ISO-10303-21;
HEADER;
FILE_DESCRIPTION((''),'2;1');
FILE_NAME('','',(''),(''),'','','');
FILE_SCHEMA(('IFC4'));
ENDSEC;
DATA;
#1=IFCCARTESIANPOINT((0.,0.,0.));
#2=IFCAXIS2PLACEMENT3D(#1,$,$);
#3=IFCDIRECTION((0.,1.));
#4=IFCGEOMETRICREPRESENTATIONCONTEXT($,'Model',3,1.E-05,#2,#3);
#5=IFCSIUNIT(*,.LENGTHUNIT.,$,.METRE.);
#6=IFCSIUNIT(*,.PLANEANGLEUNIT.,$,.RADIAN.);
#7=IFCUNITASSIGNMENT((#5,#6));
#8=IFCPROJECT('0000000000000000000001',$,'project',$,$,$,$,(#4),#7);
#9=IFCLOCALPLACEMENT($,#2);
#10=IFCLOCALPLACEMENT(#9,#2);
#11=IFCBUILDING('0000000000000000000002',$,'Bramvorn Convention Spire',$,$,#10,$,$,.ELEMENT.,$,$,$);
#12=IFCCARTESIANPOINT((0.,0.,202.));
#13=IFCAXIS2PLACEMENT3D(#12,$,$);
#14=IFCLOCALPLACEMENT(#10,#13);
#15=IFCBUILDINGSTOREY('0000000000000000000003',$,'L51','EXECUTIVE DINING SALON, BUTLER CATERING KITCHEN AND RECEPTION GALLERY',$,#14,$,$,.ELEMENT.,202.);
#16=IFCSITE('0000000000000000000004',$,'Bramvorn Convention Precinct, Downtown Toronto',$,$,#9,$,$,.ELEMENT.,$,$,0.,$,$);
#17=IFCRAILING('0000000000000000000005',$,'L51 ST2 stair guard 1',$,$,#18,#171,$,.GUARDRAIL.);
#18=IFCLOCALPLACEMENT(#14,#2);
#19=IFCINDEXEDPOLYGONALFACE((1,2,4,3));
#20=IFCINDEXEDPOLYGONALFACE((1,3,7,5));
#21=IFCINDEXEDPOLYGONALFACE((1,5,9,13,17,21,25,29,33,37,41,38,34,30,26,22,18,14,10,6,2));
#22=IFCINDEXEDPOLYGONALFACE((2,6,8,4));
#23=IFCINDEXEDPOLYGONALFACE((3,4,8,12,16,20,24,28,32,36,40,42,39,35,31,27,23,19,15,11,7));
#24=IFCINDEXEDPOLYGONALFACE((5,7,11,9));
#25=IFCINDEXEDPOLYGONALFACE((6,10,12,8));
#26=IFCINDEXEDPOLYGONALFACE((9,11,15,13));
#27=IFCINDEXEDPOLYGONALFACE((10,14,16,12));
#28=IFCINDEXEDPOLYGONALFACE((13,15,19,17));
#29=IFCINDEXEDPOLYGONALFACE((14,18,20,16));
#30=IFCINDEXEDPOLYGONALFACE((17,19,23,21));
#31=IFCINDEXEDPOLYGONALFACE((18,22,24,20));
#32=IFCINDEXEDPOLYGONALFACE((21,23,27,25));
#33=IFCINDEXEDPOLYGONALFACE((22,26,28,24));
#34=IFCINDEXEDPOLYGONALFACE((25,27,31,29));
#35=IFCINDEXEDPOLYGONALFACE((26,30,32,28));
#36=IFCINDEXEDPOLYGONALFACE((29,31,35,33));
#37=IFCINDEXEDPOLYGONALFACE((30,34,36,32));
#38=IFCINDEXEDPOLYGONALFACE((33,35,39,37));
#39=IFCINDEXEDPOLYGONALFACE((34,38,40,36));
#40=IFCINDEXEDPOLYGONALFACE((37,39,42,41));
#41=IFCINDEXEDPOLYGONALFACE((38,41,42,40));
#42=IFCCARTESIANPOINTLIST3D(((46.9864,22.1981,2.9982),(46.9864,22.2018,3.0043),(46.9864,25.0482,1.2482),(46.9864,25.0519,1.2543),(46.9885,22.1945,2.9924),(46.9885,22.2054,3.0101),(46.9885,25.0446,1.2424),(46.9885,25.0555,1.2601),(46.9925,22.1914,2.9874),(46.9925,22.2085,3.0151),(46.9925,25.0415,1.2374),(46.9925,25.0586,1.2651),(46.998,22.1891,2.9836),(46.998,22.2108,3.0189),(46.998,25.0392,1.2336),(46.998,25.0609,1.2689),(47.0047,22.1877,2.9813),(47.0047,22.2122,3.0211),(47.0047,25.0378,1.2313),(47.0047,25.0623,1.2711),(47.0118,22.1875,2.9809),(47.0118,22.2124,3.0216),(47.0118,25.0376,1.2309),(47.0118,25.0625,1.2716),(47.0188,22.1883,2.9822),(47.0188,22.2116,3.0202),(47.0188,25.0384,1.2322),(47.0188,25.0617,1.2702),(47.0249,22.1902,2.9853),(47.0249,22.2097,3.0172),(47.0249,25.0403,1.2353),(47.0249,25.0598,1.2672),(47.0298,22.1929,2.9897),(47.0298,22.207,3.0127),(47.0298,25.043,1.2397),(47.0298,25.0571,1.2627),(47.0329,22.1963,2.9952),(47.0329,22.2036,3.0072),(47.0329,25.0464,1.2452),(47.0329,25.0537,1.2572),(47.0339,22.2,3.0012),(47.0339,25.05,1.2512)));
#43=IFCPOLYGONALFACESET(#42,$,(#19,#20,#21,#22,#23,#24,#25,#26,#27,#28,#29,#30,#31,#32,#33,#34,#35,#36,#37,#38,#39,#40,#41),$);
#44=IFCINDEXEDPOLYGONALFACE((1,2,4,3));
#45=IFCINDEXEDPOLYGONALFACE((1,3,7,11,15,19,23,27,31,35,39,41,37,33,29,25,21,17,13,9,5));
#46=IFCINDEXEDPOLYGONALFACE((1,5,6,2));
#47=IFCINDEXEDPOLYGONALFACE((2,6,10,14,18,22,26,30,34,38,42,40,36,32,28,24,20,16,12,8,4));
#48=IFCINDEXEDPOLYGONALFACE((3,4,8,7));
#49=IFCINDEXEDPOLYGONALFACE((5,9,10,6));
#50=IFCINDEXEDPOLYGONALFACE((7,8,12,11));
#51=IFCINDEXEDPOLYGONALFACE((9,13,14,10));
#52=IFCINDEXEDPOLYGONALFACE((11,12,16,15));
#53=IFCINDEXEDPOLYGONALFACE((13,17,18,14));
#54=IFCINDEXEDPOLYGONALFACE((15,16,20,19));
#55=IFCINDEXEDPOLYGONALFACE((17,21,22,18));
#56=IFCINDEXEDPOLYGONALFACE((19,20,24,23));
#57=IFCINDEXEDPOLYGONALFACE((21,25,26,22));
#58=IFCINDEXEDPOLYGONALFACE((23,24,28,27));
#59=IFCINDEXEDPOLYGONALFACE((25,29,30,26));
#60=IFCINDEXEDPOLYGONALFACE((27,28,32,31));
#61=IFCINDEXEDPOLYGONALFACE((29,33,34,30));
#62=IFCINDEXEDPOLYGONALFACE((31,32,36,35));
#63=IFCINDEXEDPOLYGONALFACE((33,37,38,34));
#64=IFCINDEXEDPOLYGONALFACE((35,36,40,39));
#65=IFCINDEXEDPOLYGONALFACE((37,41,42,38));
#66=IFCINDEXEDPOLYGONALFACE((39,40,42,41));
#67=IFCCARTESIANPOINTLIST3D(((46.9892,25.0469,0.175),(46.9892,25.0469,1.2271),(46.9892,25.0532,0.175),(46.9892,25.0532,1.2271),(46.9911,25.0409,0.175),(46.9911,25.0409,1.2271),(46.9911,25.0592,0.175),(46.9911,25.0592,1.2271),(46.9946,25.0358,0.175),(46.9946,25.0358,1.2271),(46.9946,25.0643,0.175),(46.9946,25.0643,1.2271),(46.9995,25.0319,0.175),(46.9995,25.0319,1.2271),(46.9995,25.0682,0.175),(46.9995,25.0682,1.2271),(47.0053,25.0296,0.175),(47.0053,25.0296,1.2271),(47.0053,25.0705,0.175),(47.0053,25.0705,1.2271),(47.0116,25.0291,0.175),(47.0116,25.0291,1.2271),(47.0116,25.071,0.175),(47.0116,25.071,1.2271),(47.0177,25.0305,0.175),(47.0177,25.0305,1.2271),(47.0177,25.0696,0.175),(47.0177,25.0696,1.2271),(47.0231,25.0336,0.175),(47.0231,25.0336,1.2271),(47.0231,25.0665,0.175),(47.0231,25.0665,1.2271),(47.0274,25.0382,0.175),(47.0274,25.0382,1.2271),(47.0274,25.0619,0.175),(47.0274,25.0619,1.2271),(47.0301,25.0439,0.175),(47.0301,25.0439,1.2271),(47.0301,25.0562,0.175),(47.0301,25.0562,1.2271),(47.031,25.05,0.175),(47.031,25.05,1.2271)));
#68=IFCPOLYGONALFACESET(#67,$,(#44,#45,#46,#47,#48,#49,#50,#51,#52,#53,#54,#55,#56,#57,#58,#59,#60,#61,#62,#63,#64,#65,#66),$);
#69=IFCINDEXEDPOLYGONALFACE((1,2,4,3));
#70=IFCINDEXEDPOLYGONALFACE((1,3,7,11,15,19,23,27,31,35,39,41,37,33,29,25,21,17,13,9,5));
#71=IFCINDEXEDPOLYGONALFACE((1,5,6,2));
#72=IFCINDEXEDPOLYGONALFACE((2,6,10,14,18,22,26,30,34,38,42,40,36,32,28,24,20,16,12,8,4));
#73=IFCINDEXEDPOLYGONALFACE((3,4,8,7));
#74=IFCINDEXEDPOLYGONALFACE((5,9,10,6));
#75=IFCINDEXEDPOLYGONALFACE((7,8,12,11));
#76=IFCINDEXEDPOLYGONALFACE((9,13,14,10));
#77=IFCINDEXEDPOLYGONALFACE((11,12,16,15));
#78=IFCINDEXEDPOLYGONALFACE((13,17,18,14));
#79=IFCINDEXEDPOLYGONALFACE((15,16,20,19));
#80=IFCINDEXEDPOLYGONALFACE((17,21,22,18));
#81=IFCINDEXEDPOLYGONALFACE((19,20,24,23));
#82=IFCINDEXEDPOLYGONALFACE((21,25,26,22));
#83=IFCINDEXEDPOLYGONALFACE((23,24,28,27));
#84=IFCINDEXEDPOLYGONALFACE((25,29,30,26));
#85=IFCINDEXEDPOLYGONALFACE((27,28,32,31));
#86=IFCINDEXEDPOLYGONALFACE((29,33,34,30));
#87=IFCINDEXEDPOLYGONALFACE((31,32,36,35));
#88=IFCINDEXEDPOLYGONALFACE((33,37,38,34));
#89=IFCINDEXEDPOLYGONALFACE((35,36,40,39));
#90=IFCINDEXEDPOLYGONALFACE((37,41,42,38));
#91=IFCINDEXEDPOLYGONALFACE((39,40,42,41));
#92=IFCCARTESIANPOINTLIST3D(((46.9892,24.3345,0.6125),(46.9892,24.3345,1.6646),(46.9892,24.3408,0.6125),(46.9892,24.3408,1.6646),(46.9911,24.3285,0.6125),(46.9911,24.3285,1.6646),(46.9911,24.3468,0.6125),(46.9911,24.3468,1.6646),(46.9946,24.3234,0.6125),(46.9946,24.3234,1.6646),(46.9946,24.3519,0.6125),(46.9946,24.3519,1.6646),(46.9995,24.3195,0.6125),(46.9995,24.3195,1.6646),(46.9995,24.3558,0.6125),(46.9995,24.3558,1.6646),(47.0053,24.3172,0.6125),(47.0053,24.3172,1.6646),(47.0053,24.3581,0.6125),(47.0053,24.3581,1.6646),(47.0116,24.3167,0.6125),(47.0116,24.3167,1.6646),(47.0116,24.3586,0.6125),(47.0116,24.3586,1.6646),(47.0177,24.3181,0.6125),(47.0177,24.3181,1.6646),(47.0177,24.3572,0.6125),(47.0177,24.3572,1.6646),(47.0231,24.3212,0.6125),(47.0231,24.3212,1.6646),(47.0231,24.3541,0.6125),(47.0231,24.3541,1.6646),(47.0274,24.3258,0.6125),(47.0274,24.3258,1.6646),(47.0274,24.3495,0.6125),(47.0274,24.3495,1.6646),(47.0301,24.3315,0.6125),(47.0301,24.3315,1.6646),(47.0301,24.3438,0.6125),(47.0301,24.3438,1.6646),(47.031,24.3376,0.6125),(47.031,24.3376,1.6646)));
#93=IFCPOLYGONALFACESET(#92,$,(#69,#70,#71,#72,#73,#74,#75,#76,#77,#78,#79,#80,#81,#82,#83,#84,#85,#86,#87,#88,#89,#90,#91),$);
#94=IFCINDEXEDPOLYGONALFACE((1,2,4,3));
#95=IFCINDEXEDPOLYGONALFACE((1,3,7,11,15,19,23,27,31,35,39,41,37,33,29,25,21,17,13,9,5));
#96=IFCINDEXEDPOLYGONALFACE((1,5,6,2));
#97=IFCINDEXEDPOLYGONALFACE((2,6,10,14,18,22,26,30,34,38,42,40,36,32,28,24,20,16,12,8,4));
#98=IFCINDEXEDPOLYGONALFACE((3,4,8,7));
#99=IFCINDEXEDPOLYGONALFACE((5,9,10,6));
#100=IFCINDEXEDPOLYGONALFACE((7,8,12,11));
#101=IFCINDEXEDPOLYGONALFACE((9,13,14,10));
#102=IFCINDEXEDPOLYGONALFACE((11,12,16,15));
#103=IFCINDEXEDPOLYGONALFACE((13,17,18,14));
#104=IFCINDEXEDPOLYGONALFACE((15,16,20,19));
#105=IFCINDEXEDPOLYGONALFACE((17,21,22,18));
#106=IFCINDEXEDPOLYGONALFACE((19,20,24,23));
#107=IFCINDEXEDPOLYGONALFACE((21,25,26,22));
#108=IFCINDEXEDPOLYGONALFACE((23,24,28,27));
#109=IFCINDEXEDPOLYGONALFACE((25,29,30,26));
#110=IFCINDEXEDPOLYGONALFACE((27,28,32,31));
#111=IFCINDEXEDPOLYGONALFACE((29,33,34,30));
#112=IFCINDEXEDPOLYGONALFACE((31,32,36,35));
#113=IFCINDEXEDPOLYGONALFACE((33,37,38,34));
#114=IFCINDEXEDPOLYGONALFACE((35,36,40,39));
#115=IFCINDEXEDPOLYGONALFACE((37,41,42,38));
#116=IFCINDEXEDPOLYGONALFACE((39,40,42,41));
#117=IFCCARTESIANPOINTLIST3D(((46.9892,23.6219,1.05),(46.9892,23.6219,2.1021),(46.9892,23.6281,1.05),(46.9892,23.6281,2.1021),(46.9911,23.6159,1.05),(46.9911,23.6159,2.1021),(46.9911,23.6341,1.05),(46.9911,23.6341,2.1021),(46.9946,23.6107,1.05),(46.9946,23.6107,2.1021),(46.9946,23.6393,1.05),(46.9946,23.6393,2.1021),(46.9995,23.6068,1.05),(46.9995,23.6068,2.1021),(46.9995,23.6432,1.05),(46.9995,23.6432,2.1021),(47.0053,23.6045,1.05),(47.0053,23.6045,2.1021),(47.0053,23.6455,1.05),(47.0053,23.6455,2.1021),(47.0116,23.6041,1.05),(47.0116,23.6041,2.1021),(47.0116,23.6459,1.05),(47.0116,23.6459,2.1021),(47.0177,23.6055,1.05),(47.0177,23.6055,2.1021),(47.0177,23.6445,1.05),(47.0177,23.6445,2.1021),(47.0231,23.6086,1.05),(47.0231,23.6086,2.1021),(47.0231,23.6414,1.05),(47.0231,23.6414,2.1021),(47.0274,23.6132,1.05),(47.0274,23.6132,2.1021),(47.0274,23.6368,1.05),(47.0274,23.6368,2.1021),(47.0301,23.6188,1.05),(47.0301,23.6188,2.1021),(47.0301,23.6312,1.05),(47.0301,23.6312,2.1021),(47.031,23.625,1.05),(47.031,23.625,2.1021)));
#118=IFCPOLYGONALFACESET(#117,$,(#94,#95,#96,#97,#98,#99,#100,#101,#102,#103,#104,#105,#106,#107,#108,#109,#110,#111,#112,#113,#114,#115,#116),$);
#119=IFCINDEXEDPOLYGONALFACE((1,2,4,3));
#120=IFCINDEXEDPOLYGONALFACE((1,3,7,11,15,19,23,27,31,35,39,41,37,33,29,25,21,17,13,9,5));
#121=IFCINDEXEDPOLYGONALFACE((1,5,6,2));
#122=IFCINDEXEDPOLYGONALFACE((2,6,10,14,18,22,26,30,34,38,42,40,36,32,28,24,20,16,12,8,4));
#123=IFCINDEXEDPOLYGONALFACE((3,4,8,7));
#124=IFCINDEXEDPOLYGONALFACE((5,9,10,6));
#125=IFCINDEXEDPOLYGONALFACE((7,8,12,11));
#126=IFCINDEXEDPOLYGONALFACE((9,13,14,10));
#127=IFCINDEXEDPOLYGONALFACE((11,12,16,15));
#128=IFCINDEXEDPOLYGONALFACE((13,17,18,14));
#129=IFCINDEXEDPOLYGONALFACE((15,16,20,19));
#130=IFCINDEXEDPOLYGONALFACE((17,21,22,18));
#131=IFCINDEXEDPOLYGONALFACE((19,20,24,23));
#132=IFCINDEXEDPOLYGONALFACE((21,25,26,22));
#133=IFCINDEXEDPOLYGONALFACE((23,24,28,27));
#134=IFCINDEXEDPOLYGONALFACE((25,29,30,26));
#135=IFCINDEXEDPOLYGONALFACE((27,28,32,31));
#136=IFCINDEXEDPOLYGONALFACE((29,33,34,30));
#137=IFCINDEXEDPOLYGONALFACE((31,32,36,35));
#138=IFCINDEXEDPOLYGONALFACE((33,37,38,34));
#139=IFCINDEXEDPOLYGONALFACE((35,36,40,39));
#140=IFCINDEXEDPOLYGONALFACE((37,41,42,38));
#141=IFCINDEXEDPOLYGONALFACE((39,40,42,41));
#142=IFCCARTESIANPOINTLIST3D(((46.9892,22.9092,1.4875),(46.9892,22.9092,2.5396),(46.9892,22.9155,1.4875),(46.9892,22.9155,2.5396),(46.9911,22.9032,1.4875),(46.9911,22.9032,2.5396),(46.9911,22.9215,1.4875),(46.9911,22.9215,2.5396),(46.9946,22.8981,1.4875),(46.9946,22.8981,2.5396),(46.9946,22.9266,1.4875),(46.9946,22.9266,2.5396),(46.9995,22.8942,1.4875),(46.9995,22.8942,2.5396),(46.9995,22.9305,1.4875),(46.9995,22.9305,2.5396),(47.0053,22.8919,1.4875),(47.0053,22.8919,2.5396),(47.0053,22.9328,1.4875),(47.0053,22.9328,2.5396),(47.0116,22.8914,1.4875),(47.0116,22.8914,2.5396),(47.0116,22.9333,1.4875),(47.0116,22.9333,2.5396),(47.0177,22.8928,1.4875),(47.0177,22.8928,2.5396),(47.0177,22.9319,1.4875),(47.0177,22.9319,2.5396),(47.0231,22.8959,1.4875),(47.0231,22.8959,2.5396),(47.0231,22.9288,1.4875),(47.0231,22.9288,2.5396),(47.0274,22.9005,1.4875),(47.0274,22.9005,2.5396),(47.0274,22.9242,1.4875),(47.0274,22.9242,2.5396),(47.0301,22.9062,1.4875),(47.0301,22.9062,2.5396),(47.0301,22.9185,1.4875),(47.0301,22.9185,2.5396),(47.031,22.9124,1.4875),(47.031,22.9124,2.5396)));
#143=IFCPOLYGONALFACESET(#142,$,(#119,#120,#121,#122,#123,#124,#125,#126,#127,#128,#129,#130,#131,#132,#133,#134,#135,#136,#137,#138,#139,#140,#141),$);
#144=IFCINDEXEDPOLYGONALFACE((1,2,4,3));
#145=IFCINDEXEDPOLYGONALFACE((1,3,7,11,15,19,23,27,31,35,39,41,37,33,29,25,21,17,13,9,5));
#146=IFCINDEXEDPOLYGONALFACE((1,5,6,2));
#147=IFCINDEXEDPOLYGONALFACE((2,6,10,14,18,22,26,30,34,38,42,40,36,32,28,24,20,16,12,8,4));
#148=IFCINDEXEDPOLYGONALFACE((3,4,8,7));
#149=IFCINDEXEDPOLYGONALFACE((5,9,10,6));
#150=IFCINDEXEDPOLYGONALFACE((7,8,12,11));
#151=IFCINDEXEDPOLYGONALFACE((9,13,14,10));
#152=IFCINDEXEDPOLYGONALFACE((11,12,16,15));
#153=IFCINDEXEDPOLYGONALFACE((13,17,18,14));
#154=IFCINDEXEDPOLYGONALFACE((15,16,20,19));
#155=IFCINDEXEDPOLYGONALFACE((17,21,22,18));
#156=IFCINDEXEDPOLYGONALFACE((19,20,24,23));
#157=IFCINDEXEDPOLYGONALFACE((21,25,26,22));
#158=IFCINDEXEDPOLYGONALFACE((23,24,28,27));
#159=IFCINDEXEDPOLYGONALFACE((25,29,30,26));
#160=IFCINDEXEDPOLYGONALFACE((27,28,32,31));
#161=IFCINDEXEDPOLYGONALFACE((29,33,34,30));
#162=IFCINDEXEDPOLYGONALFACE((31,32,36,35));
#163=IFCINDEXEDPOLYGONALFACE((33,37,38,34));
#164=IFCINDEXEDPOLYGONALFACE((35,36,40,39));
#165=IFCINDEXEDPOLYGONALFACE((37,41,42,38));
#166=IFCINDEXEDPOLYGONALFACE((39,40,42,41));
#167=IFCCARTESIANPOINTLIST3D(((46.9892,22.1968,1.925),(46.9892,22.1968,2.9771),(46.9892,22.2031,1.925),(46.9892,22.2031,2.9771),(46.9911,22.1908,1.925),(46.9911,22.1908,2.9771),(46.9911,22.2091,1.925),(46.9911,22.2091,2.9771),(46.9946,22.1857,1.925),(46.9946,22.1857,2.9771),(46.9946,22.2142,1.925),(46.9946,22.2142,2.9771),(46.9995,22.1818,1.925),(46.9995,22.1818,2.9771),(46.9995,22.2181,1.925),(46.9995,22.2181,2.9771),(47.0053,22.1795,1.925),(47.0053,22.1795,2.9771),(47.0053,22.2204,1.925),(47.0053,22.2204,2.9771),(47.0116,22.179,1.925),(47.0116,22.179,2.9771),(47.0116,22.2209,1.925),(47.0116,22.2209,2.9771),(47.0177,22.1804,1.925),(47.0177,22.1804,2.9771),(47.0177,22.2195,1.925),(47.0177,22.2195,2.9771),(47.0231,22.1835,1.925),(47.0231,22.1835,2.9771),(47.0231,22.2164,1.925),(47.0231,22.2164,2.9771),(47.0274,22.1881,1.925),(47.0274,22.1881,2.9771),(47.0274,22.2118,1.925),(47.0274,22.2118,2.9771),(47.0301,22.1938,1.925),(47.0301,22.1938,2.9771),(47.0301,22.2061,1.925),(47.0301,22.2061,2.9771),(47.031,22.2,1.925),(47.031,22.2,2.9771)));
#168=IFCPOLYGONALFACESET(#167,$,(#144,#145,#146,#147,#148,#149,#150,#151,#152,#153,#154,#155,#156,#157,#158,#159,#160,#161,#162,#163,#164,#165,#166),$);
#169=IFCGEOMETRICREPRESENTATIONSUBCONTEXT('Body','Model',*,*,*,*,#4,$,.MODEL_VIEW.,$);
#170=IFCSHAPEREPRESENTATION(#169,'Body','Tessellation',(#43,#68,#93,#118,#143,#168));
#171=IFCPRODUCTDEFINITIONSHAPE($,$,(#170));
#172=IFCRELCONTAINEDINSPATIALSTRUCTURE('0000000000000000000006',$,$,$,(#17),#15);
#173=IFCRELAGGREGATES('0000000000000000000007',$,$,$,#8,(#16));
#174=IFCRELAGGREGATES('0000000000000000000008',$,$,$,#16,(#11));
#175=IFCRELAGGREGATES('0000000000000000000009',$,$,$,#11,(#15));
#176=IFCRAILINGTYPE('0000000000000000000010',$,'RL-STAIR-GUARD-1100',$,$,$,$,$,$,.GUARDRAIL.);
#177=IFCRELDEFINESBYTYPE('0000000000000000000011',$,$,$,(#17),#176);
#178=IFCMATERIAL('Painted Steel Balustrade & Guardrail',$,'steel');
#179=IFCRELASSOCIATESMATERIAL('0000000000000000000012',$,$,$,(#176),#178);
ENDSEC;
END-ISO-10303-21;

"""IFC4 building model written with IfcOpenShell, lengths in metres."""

from ifc_helpers import new_model, si_unit, direction, frame, origin, origin_2d, place, context, subcontext, project, spatial, circle, extrude, material, type_object, element, save


model = new_model("IFC4")

# Units and contexts
model_context = context("Model", 3, precision=1e-05, world=origin(), true_north=direction((0.0, 1.0)))
body_context = subcontext(model_context, "Body", "Model", "MODEL_VIEW")
ifc_project = project(units=[si_unit("LENGTHUNIT", "METRE"), si_unit("PLANEANGLEUNIT", "RADIAN")], contexts=[model_context])

# Site, building, storey
site_placement = place(None, origin())
site = spatial("IfcSite", under=ifc_project, at=site_placement, Name="Bramvorn Convention Precinct, Downtown Toronto", CompositionType="ELEMENT", RefElevation=0.0)
building_placement = place(site_placement, origin())
building = spatial("IfcBuilding", under=site, at=building_placement, Name="Bramvorn Convention Spire", CompositionType="ELEMENT")
storey_placement = place(building_placement, frame((0.0, 0.0, 202.0)))
storey = spatial("IfcBuildingStorey", under=building, at=storey_placement, Name="L51", Description="EXECUTIVE DINING SALON, BUTLER CATERING KITCHEN AND RECEPTION GALLERY", CompositionType="ELEMENT", Elevation=202.0)

# Railing
ifc_material_1 = material(Name="Painted Steel Balustrade & Guardrail", Category="steel")
railing_type_1 = type_object("IfcRailingType", Name="RL-STAIR-GUARD-1100", PredefinedType="GUARDRAIL", material=ifc_material_1)
railing_1_placement = place(storey_placement, frame((47.01, 25.05, 0.175)))
element("IfcRailing", 1, at=railing_1_placement, inside=storey, type_object=railing_type_1, Name="L51 ST2 stair guard 1", PredefinedType="GUARDRAIL", context=body_context, shape_type="SweptSolid", body=[
    extrude(circle(Radius=0.0239, at=origin_2d()), frame((0.0, 0.0, 1.0762), z_axis=(0.0, -0.852179, 0.52325), x_axis=(1.0, 0.0, 0.0)), (0.0, 0.0, 1.0), 3.3445),
    extrude(circle(Radius=0.021, at=origin_2d()), origin(), (0.0, 0.0, 1.0), 1.052),
    extrude(circle(Radius=0.021, at=origin_2d()), frame((0.0, -0.7124, 0.4375)), (0.0, 0.0, 1.0), 1.052),
    extrude(circle(Radius=0.021, at=origin_2d()), frame((0.0, -1.425, 0.875)), (0.0, 0.0, 1.0), 1.052),
    extrude(circle(Radius=0.021, at=origin_2d()), frame((0.0, -2.1377, 1.3125)), (0.0, 0.0, 1.0), 1.052),
    extrude(circle(Radius=0.021, at=origin_2d()), frame((0.0, -2.8501, 1.75)), (0.0, 0.0, 1.0), 1.052),
])

save(model, "model.ifc")
